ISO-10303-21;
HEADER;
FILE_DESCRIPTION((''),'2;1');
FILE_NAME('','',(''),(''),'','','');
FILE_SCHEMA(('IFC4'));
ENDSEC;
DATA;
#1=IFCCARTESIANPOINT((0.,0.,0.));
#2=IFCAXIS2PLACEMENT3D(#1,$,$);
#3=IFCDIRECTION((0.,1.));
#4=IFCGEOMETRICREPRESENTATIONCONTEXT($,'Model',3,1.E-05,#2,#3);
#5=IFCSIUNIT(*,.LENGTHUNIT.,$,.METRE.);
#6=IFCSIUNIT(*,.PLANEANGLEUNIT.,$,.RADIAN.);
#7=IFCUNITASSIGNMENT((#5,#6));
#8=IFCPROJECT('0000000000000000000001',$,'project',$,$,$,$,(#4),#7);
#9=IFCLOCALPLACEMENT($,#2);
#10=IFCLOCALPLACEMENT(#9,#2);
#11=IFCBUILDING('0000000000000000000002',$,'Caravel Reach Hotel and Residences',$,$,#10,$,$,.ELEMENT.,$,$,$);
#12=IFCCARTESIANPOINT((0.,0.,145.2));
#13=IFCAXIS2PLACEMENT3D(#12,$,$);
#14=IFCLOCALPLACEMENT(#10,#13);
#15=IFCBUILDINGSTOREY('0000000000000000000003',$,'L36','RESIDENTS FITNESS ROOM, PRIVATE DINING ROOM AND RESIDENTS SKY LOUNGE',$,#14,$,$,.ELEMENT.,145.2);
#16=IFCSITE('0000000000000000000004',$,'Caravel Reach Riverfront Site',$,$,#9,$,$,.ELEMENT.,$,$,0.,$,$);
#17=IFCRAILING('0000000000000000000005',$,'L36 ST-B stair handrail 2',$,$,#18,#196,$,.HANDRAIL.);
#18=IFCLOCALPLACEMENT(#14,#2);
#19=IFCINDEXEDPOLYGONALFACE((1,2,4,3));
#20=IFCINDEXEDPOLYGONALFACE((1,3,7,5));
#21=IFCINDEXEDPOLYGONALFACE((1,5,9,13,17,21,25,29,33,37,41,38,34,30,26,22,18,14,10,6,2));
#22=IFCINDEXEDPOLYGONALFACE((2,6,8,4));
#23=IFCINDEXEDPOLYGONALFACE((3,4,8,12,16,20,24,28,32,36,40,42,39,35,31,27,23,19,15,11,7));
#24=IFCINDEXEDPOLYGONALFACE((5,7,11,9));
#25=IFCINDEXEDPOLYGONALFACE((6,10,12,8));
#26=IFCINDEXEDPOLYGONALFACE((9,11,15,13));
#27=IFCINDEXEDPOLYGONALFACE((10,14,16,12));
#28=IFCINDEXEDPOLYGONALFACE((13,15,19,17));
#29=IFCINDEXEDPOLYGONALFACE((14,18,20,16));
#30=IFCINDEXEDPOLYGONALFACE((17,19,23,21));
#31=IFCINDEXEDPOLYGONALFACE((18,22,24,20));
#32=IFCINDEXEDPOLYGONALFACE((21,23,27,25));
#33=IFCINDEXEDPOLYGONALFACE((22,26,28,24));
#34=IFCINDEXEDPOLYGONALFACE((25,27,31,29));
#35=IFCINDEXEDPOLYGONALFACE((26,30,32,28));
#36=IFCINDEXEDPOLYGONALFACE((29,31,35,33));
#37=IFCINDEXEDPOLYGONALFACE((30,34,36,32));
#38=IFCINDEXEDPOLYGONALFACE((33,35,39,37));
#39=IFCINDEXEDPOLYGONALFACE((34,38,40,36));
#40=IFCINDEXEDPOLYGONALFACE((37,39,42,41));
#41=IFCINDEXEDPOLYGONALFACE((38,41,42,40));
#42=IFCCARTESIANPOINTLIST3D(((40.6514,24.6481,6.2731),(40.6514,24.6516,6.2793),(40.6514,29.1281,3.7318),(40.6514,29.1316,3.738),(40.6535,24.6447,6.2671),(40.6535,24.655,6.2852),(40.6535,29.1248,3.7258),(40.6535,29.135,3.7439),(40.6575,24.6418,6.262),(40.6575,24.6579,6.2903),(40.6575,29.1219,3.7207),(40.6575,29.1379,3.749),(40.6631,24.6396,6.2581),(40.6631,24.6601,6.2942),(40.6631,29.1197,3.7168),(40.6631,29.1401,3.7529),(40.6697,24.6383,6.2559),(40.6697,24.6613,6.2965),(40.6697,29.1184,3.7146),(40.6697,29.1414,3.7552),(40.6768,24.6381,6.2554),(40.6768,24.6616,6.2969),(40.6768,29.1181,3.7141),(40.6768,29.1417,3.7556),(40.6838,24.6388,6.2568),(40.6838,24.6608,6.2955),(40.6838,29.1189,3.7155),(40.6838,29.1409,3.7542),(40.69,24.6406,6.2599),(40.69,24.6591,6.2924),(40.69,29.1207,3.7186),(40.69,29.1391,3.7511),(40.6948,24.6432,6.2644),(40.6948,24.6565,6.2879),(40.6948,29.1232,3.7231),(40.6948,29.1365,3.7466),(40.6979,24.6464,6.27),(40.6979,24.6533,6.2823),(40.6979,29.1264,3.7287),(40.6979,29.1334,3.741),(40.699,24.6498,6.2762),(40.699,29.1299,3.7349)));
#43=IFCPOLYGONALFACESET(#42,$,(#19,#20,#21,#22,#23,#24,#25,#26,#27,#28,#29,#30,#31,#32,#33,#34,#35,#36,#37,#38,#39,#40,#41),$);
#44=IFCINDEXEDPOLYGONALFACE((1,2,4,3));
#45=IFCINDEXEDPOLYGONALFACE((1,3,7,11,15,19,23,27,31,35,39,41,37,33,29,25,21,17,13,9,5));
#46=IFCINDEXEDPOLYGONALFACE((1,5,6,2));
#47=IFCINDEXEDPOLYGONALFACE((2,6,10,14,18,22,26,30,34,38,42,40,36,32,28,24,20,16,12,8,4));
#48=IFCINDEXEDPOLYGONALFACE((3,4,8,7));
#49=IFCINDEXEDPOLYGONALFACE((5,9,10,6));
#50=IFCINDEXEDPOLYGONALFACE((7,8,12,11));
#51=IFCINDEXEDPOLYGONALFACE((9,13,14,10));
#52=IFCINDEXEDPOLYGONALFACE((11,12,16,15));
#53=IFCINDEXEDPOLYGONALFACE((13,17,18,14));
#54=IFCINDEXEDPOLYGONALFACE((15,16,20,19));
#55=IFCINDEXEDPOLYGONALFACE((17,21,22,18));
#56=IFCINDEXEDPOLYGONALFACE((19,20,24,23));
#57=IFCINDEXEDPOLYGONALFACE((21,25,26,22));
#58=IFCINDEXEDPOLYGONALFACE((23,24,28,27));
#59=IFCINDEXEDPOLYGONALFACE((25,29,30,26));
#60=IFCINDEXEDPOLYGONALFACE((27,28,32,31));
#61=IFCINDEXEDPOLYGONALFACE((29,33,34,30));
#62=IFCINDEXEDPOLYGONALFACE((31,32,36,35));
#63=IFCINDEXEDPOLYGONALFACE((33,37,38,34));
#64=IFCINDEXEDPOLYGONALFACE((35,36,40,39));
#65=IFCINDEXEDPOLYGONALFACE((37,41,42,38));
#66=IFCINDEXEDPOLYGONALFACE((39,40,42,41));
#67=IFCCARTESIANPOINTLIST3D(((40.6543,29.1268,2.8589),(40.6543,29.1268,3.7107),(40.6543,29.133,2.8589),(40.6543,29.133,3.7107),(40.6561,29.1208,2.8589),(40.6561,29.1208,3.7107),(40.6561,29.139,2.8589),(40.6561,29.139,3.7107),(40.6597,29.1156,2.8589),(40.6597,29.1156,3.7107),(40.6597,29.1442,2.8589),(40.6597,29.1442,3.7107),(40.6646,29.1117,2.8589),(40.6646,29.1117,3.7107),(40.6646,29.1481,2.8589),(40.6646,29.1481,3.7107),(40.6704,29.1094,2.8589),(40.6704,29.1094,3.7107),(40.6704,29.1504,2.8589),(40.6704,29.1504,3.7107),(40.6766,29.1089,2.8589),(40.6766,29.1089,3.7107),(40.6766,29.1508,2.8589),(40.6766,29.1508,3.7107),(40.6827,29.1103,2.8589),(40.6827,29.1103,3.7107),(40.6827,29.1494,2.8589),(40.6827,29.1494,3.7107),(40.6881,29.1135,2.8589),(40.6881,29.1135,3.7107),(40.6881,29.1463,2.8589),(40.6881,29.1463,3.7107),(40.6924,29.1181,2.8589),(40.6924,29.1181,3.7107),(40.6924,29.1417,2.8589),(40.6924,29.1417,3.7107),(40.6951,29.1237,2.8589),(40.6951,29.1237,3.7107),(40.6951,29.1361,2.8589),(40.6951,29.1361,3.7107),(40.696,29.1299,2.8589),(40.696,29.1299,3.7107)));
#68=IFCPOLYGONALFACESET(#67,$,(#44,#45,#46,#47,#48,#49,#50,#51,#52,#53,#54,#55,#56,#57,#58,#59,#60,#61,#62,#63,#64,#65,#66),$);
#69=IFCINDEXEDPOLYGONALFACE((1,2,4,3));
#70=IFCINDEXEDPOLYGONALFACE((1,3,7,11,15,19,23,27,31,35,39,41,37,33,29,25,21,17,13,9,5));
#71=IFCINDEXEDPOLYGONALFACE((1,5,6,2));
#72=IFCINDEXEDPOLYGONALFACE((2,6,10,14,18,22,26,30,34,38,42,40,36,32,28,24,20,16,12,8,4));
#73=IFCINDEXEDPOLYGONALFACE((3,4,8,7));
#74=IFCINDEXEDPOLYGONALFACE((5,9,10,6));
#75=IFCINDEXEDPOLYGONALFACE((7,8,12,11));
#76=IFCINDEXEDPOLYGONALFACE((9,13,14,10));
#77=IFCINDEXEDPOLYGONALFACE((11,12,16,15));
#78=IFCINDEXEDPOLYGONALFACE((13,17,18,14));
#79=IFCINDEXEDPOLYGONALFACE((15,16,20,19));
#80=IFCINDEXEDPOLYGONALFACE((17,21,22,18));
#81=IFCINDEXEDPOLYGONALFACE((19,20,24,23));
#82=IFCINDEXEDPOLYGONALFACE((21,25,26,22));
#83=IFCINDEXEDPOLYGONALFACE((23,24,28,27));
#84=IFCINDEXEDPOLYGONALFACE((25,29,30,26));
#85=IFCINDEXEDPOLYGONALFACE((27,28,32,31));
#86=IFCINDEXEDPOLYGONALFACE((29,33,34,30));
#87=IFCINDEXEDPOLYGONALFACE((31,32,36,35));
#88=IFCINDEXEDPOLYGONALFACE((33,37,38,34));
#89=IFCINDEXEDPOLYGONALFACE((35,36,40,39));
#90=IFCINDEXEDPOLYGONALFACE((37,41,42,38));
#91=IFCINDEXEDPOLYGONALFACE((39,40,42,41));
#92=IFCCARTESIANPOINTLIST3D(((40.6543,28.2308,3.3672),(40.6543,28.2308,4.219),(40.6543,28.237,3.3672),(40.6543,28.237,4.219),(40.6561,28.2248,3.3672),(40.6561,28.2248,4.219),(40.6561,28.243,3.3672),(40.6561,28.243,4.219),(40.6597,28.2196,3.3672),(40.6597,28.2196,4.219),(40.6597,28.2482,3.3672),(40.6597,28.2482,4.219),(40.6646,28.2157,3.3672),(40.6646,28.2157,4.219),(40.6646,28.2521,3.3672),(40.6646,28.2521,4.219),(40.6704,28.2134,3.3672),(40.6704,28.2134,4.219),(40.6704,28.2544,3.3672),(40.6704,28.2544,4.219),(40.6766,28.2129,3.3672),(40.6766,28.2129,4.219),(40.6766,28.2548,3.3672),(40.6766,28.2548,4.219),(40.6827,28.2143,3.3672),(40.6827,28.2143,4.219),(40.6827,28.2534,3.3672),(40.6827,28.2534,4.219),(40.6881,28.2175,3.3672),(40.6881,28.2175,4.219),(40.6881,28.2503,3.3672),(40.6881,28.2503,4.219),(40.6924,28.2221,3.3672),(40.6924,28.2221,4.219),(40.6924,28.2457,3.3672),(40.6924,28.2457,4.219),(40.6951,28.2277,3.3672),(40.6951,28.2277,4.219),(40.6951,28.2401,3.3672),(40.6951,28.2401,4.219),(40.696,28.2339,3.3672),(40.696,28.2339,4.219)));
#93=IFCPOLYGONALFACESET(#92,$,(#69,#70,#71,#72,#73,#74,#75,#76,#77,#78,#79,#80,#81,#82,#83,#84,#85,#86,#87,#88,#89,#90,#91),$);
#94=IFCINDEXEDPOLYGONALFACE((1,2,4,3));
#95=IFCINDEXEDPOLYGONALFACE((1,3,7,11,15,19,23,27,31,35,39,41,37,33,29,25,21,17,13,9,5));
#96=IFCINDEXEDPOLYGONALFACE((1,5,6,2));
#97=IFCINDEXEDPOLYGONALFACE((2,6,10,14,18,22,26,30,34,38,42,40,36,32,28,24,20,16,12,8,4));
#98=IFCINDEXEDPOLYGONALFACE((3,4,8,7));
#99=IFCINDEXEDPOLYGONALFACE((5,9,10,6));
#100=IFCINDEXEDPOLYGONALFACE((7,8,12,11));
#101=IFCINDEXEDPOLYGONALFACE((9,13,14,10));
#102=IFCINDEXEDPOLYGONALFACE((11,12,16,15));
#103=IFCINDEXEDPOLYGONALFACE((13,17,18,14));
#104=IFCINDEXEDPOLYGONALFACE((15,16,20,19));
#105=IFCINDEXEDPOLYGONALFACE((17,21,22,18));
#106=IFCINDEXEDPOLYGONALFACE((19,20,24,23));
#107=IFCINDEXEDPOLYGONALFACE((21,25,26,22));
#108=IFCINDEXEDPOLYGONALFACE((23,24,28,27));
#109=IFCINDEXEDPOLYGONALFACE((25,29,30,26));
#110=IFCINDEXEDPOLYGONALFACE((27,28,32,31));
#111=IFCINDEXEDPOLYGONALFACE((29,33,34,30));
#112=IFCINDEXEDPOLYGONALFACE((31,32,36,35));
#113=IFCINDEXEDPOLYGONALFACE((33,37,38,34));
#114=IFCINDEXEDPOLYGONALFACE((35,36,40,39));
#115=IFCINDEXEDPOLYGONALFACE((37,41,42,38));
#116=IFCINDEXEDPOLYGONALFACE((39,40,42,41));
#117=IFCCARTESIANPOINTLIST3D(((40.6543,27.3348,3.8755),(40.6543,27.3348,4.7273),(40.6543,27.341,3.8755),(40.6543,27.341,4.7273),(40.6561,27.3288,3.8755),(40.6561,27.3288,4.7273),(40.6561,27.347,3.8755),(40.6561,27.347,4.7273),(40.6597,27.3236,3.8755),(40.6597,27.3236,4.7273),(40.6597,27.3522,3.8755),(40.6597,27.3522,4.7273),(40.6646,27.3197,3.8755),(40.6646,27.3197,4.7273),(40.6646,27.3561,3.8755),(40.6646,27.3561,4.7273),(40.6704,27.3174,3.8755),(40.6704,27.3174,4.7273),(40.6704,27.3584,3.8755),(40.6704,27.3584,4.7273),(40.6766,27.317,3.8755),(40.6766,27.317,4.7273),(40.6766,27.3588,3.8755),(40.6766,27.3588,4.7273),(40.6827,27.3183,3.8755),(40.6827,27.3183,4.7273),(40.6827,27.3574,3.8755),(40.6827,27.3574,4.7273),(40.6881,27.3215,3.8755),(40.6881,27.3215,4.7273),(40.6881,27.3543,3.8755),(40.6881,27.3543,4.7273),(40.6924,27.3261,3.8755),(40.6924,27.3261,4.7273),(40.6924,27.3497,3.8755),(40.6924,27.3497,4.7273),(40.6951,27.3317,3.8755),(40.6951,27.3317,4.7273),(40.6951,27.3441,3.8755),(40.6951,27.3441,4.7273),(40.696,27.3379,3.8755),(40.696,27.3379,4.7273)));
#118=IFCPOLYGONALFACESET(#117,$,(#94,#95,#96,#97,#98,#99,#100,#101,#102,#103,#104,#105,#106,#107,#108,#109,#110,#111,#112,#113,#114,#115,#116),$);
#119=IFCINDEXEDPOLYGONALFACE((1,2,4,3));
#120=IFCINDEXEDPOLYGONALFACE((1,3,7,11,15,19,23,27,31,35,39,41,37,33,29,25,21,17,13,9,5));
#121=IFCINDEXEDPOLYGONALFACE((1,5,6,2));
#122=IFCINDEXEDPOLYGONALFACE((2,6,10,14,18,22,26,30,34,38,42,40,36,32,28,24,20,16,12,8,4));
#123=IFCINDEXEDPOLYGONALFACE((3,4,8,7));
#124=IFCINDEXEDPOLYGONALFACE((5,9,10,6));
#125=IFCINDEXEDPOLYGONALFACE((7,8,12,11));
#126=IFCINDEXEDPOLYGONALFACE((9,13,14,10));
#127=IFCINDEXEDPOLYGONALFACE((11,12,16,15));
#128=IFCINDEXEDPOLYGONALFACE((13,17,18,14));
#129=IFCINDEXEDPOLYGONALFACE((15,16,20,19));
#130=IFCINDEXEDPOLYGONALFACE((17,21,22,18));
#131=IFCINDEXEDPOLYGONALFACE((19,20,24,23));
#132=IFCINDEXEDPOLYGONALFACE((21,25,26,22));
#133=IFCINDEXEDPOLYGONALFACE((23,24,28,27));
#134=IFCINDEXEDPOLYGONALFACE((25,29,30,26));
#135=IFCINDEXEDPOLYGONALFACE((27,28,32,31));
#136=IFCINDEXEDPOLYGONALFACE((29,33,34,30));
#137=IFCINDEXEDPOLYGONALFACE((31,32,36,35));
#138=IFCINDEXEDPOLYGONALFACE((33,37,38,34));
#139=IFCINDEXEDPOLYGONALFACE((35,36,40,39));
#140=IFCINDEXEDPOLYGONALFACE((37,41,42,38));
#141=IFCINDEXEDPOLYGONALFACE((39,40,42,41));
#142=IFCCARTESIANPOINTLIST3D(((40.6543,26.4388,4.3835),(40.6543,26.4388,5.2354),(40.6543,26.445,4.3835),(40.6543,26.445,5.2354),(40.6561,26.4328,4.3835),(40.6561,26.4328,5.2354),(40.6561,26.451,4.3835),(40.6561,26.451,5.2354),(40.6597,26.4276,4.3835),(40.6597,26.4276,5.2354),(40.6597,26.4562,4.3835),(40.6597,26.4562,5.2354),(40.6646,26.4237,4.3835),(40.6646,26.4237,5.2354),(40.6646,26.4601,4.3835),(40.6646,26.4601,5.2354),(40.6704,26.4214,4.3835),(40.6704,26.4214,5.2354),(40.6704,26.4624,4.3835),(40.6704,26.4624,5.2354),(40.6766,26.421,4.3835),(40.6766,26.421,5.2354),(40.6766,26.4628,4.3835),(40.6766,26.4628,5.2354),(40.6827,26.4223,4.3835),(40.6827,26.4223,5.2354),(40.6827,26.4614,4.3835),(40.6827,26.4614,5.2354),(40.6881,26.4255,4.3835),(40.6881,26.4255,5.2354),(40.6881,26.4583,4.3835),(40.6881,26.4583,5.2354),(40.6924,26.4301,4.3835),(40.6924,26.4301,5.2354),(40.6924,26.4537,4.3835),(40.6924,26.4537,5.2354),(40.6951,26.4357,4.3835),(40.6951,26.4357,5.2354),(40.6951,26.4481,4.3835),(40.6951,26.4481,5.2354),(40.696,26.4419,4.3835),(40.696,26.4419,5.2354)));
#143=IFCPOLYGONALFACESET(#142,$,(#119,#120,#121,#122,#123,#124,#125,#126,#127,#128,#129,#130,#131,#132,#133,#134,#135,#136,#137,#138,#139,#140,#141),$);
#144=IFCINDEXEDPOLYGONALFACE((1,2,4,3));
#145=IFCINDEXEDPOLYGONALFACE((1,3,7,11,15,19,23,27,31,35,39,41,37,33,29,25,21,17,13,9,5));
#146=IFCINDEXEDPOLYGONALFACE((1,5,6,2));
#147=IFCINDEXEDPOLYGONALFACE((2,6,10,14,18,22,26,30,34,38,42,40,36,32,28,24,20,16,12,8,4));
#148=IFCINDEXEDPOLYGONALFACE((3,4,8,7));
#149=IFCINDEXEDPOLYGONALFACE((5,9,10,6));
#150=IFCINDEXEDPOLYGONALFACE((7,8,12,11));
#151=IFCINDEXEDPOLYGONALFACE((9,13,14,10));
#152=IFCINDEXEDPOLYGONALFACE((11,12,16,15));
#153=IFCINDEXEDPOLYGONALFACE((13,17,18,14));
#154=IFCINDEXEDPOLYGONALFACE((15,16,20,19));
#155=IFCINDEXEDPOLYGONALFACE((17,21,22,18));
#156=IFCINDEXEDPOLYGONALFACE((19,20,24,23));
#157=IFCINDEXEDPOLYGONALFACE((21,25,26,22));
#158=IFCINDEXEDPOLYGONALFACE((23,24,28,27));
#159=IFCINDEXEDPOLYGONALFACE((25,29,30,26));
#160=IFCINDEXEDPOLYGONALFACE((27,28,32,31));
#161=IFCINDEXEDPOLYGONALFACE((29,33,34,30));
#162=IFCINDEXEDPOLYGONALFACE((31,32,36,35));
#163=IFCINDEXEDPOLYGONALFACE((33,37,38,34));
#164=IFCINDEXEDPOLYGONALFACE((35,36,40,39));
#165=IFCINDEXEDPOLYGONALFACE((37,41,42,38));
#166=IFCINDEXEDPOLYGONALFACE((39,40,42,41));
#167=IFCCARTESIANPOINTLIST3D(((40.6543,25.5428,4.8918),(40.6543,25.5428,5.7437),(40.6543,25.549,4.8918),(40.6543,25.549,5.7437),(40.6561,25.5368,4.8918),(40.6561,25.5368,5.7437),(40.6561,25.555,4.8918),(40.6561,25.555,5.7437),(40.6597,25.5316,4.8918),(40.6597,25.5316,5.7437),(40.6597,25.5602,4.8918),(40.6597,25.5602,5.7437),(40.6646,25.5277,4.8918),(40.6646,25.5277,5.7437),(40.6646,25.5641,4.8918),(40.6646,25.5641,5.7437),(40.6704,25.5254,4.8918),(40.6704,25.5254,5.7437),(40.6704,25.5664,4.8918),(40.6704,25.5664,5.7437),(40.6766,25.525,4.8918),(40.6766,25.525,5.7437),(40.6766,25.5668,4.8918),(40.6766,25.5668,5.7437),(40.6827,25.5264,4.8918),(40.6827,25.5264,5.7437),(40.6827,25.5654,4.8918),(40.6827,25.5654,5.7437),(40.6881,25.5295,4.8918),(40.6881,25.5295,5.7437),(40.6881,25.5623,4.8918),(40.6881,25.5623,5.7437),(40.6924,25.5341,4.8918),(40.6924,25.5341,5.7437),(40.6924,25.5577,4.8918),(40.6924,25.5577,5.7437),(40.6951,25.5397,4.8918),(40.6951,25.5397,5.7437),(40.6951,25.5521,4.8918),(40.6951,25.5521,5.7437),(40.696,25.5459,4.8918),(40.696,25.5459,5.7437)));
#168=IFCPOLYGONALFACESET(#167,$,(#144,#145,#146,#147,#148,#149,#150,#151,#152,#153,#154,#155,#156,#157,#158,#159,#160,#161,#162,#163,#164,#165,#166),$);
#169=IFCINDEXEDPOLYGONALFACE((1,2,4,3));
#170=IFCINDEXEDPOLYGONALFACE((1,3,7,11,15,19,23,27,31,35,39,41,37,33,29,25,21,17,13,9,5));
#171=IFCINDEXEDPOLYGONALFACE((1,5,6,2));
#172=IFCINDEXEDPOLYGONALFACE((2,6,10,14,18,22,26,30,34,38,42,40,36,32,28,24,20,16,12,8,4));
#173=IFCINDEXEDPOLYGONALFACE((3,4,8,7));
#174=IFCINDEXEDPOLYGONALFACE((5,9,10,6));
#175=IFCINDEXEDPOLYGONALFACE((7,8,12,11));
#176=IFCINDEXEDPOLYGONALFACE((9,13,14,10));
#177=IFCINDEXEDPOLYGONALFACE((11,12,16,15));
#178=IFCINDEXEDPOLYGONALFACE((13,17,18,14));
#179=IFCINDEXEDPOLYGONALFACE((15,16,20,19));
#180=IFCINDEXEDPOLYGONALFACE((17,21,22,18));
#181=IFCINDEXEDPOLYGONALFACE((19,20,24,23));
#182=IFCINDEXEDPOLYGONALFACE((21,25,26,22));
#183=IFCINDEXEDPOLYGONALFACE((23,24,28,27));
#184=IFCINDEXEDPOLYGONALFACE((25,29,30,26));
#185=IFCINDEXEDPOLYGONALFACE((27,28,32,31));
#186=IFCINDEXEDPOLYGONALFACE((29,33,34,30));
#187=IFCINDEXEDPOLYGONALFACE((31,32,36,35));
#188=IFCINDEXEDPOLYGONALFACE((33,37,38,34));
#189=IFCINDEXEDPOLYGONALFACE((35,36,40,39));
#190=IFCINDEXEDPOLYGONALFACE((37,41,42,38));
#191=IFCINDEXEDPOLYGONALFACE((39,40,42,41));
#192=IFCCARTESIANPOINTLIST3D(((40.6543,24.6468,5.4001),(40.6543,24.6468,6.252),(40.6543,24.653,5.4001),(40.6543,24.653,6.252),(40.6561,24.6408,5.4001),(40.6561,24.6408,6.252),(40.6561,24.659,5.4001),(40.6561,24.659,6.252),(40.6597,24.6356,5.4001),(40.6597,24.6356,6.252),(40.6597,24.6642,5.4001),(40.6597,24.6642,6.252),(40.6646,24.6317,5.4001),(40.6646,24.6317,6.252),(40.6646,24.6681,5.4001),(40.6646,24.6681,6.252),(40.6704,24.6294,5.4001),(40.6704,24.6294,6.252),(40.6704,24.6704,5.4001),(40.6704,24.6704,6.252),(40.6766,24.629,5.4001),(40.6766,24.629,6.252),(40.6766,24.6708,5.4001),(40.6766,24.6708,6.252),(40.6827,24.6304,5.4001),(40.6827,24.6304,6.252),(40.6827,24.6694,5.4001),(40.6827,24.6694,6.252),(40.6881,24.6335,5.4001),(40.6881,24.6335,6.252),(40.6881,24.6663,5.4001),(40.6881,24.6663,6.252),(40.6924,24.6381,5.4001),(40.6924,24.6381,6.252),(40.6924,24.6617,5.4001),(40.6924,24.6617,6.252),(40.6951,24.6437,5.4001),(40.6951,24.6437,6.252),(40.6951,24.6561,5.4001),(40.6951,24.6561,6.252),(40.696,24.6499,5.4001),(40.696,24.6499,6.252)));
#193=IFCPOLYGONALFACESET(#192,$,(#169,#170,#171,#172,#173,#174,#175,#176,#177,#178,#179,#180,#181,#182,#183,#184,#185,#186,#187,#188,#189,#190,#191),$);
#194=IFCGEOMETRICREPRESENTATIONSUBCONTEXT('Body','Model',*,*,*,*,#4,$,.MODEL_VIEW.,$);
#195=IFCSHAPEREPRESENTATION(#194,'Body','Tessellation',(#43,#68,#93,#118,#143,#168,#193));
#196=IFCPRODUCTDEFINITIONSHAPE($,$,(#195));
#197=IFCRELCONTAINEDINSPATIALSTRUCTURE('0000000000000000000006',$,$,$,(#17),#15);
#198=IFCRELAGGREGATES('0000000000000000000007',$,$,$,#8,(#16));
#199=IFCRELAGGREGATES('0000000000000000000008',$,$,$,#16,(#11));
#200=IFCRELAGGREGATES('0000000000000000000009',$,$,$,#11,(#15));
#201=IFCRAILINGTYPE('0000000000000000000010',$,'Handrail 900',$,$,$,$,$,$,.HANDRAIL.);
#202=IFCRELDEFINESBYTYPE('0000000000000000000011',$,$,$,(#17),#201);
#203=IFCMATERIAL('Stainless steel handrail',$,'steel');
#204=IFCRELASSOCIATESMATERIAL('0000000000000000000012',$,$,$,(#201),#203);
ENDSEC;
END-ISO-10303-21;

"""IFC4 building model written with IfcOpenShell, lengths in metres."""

from ifc_helpers import new_model, si_unit, direction, frame, origin, origin_2d, place, context, subcontext, project, spatial, circle, extrude, material, type_object, element, save


model = new_model("IFC4")

# Units and contexts
model_context = context("Model", 3, precision=1e-05, world=origin(), true_north=direction((0.0, 1.0)))
body_context = subcontext(model_context, "Body", "Model", "MODEL_VIEW")
ifc_project = project(units=[si_unit("LENGTHUNIT", "METRE"), si_unit("PLANEANGLEUNIT", "RADIAN")], contexts=[model_context])

# Site, building, storey
site_placement = place(None, origin())
site = spatial("IfcSite", under=ifc_project, at=site_placement, Name="Caravel Reach Riverfront Site", CompositionType="ELEMENT", RefElevation=0.0)
building_placement = place(site_placement, origin())
building = spatial("IfcBuilding", under=site, at=building_placement, Name="Caravel Reach Hotel and Residences", CompositionType="ELEMENT")
storey_placement = place(building_placement, frame((0.0, 0.0, 145.2)))
storey = spatial("IfcBuildingStorey", under=building, at=storey_placement, Name="L36", Description="RESIDENTS FITNESS ROOM, PRIVATE DINING ROOM AND RESIDENTS SKY LOUNGE", CompositionType="ELEMENT", Elevation=145.2)

# Railing
ifc_material_1 = material(Name="Stainless steel handrail", Category="steel")
railing_type_1 = type_object("IfcRailingType", Name="Handrail 900", PredefinedType="HANDRAIL", material=ifc_material_1)
railing_1_placement = place(storey_placement, frame((40.675, 29.1299, 2.8589)))
element("IfcRailing", 1, at=railing_1_placement, inside=storey, type_object=railing_type_1, Name="L36 ST-B stair handrail 2", PredefinedType="HANDRAIL", context=body_context, shape_type="SweptSolid", body=[
    extrude(circle(Radius=0.0239, at=origin_2d()), frame((0.0, 0.0, 0.876), z_axis=(0.0, -0.869805, 0.493395), x_axis=(1.0, 0.0, 0.0)), (0.0, 0.0, 1.0), 5.1506),
    extrude(circle(Radius=0.021, at=origin_2d()), origin(), (0.0, 0.0, 1.0), 0.8518),
    extrude(circle(Radius=0.021, at=origin_2d()), frame((0.0, -0.896, 0.5083)), (0.0, 0.0, 1.0), 0.8518),
    extrude(circle(Radius=0.021, at=origin_2d()), frame((0.0, -1.792, 1.0166)), (0.0, 0.0, 1.0), 0.8518),
    extrude(circle(Radius=0.021, at=origin_2d()), frame((0.0, -2.688, 1.5247)), (0.0, 0.0, 1.0), 0.8518),
    extrude(circle(Radius=0.021, at=origin_2d()), frame((0.0, -3.584, 2.033)), (0.0, 0.0, 1.0), 0.8518),
    extrude(circle(Radius=0.021, at=origin_2d()), frame((0.0, -4.48, 2.5413)), (0.0, 0.0, 1.0), 0.8518),
])

save(model, "model.ifc")
